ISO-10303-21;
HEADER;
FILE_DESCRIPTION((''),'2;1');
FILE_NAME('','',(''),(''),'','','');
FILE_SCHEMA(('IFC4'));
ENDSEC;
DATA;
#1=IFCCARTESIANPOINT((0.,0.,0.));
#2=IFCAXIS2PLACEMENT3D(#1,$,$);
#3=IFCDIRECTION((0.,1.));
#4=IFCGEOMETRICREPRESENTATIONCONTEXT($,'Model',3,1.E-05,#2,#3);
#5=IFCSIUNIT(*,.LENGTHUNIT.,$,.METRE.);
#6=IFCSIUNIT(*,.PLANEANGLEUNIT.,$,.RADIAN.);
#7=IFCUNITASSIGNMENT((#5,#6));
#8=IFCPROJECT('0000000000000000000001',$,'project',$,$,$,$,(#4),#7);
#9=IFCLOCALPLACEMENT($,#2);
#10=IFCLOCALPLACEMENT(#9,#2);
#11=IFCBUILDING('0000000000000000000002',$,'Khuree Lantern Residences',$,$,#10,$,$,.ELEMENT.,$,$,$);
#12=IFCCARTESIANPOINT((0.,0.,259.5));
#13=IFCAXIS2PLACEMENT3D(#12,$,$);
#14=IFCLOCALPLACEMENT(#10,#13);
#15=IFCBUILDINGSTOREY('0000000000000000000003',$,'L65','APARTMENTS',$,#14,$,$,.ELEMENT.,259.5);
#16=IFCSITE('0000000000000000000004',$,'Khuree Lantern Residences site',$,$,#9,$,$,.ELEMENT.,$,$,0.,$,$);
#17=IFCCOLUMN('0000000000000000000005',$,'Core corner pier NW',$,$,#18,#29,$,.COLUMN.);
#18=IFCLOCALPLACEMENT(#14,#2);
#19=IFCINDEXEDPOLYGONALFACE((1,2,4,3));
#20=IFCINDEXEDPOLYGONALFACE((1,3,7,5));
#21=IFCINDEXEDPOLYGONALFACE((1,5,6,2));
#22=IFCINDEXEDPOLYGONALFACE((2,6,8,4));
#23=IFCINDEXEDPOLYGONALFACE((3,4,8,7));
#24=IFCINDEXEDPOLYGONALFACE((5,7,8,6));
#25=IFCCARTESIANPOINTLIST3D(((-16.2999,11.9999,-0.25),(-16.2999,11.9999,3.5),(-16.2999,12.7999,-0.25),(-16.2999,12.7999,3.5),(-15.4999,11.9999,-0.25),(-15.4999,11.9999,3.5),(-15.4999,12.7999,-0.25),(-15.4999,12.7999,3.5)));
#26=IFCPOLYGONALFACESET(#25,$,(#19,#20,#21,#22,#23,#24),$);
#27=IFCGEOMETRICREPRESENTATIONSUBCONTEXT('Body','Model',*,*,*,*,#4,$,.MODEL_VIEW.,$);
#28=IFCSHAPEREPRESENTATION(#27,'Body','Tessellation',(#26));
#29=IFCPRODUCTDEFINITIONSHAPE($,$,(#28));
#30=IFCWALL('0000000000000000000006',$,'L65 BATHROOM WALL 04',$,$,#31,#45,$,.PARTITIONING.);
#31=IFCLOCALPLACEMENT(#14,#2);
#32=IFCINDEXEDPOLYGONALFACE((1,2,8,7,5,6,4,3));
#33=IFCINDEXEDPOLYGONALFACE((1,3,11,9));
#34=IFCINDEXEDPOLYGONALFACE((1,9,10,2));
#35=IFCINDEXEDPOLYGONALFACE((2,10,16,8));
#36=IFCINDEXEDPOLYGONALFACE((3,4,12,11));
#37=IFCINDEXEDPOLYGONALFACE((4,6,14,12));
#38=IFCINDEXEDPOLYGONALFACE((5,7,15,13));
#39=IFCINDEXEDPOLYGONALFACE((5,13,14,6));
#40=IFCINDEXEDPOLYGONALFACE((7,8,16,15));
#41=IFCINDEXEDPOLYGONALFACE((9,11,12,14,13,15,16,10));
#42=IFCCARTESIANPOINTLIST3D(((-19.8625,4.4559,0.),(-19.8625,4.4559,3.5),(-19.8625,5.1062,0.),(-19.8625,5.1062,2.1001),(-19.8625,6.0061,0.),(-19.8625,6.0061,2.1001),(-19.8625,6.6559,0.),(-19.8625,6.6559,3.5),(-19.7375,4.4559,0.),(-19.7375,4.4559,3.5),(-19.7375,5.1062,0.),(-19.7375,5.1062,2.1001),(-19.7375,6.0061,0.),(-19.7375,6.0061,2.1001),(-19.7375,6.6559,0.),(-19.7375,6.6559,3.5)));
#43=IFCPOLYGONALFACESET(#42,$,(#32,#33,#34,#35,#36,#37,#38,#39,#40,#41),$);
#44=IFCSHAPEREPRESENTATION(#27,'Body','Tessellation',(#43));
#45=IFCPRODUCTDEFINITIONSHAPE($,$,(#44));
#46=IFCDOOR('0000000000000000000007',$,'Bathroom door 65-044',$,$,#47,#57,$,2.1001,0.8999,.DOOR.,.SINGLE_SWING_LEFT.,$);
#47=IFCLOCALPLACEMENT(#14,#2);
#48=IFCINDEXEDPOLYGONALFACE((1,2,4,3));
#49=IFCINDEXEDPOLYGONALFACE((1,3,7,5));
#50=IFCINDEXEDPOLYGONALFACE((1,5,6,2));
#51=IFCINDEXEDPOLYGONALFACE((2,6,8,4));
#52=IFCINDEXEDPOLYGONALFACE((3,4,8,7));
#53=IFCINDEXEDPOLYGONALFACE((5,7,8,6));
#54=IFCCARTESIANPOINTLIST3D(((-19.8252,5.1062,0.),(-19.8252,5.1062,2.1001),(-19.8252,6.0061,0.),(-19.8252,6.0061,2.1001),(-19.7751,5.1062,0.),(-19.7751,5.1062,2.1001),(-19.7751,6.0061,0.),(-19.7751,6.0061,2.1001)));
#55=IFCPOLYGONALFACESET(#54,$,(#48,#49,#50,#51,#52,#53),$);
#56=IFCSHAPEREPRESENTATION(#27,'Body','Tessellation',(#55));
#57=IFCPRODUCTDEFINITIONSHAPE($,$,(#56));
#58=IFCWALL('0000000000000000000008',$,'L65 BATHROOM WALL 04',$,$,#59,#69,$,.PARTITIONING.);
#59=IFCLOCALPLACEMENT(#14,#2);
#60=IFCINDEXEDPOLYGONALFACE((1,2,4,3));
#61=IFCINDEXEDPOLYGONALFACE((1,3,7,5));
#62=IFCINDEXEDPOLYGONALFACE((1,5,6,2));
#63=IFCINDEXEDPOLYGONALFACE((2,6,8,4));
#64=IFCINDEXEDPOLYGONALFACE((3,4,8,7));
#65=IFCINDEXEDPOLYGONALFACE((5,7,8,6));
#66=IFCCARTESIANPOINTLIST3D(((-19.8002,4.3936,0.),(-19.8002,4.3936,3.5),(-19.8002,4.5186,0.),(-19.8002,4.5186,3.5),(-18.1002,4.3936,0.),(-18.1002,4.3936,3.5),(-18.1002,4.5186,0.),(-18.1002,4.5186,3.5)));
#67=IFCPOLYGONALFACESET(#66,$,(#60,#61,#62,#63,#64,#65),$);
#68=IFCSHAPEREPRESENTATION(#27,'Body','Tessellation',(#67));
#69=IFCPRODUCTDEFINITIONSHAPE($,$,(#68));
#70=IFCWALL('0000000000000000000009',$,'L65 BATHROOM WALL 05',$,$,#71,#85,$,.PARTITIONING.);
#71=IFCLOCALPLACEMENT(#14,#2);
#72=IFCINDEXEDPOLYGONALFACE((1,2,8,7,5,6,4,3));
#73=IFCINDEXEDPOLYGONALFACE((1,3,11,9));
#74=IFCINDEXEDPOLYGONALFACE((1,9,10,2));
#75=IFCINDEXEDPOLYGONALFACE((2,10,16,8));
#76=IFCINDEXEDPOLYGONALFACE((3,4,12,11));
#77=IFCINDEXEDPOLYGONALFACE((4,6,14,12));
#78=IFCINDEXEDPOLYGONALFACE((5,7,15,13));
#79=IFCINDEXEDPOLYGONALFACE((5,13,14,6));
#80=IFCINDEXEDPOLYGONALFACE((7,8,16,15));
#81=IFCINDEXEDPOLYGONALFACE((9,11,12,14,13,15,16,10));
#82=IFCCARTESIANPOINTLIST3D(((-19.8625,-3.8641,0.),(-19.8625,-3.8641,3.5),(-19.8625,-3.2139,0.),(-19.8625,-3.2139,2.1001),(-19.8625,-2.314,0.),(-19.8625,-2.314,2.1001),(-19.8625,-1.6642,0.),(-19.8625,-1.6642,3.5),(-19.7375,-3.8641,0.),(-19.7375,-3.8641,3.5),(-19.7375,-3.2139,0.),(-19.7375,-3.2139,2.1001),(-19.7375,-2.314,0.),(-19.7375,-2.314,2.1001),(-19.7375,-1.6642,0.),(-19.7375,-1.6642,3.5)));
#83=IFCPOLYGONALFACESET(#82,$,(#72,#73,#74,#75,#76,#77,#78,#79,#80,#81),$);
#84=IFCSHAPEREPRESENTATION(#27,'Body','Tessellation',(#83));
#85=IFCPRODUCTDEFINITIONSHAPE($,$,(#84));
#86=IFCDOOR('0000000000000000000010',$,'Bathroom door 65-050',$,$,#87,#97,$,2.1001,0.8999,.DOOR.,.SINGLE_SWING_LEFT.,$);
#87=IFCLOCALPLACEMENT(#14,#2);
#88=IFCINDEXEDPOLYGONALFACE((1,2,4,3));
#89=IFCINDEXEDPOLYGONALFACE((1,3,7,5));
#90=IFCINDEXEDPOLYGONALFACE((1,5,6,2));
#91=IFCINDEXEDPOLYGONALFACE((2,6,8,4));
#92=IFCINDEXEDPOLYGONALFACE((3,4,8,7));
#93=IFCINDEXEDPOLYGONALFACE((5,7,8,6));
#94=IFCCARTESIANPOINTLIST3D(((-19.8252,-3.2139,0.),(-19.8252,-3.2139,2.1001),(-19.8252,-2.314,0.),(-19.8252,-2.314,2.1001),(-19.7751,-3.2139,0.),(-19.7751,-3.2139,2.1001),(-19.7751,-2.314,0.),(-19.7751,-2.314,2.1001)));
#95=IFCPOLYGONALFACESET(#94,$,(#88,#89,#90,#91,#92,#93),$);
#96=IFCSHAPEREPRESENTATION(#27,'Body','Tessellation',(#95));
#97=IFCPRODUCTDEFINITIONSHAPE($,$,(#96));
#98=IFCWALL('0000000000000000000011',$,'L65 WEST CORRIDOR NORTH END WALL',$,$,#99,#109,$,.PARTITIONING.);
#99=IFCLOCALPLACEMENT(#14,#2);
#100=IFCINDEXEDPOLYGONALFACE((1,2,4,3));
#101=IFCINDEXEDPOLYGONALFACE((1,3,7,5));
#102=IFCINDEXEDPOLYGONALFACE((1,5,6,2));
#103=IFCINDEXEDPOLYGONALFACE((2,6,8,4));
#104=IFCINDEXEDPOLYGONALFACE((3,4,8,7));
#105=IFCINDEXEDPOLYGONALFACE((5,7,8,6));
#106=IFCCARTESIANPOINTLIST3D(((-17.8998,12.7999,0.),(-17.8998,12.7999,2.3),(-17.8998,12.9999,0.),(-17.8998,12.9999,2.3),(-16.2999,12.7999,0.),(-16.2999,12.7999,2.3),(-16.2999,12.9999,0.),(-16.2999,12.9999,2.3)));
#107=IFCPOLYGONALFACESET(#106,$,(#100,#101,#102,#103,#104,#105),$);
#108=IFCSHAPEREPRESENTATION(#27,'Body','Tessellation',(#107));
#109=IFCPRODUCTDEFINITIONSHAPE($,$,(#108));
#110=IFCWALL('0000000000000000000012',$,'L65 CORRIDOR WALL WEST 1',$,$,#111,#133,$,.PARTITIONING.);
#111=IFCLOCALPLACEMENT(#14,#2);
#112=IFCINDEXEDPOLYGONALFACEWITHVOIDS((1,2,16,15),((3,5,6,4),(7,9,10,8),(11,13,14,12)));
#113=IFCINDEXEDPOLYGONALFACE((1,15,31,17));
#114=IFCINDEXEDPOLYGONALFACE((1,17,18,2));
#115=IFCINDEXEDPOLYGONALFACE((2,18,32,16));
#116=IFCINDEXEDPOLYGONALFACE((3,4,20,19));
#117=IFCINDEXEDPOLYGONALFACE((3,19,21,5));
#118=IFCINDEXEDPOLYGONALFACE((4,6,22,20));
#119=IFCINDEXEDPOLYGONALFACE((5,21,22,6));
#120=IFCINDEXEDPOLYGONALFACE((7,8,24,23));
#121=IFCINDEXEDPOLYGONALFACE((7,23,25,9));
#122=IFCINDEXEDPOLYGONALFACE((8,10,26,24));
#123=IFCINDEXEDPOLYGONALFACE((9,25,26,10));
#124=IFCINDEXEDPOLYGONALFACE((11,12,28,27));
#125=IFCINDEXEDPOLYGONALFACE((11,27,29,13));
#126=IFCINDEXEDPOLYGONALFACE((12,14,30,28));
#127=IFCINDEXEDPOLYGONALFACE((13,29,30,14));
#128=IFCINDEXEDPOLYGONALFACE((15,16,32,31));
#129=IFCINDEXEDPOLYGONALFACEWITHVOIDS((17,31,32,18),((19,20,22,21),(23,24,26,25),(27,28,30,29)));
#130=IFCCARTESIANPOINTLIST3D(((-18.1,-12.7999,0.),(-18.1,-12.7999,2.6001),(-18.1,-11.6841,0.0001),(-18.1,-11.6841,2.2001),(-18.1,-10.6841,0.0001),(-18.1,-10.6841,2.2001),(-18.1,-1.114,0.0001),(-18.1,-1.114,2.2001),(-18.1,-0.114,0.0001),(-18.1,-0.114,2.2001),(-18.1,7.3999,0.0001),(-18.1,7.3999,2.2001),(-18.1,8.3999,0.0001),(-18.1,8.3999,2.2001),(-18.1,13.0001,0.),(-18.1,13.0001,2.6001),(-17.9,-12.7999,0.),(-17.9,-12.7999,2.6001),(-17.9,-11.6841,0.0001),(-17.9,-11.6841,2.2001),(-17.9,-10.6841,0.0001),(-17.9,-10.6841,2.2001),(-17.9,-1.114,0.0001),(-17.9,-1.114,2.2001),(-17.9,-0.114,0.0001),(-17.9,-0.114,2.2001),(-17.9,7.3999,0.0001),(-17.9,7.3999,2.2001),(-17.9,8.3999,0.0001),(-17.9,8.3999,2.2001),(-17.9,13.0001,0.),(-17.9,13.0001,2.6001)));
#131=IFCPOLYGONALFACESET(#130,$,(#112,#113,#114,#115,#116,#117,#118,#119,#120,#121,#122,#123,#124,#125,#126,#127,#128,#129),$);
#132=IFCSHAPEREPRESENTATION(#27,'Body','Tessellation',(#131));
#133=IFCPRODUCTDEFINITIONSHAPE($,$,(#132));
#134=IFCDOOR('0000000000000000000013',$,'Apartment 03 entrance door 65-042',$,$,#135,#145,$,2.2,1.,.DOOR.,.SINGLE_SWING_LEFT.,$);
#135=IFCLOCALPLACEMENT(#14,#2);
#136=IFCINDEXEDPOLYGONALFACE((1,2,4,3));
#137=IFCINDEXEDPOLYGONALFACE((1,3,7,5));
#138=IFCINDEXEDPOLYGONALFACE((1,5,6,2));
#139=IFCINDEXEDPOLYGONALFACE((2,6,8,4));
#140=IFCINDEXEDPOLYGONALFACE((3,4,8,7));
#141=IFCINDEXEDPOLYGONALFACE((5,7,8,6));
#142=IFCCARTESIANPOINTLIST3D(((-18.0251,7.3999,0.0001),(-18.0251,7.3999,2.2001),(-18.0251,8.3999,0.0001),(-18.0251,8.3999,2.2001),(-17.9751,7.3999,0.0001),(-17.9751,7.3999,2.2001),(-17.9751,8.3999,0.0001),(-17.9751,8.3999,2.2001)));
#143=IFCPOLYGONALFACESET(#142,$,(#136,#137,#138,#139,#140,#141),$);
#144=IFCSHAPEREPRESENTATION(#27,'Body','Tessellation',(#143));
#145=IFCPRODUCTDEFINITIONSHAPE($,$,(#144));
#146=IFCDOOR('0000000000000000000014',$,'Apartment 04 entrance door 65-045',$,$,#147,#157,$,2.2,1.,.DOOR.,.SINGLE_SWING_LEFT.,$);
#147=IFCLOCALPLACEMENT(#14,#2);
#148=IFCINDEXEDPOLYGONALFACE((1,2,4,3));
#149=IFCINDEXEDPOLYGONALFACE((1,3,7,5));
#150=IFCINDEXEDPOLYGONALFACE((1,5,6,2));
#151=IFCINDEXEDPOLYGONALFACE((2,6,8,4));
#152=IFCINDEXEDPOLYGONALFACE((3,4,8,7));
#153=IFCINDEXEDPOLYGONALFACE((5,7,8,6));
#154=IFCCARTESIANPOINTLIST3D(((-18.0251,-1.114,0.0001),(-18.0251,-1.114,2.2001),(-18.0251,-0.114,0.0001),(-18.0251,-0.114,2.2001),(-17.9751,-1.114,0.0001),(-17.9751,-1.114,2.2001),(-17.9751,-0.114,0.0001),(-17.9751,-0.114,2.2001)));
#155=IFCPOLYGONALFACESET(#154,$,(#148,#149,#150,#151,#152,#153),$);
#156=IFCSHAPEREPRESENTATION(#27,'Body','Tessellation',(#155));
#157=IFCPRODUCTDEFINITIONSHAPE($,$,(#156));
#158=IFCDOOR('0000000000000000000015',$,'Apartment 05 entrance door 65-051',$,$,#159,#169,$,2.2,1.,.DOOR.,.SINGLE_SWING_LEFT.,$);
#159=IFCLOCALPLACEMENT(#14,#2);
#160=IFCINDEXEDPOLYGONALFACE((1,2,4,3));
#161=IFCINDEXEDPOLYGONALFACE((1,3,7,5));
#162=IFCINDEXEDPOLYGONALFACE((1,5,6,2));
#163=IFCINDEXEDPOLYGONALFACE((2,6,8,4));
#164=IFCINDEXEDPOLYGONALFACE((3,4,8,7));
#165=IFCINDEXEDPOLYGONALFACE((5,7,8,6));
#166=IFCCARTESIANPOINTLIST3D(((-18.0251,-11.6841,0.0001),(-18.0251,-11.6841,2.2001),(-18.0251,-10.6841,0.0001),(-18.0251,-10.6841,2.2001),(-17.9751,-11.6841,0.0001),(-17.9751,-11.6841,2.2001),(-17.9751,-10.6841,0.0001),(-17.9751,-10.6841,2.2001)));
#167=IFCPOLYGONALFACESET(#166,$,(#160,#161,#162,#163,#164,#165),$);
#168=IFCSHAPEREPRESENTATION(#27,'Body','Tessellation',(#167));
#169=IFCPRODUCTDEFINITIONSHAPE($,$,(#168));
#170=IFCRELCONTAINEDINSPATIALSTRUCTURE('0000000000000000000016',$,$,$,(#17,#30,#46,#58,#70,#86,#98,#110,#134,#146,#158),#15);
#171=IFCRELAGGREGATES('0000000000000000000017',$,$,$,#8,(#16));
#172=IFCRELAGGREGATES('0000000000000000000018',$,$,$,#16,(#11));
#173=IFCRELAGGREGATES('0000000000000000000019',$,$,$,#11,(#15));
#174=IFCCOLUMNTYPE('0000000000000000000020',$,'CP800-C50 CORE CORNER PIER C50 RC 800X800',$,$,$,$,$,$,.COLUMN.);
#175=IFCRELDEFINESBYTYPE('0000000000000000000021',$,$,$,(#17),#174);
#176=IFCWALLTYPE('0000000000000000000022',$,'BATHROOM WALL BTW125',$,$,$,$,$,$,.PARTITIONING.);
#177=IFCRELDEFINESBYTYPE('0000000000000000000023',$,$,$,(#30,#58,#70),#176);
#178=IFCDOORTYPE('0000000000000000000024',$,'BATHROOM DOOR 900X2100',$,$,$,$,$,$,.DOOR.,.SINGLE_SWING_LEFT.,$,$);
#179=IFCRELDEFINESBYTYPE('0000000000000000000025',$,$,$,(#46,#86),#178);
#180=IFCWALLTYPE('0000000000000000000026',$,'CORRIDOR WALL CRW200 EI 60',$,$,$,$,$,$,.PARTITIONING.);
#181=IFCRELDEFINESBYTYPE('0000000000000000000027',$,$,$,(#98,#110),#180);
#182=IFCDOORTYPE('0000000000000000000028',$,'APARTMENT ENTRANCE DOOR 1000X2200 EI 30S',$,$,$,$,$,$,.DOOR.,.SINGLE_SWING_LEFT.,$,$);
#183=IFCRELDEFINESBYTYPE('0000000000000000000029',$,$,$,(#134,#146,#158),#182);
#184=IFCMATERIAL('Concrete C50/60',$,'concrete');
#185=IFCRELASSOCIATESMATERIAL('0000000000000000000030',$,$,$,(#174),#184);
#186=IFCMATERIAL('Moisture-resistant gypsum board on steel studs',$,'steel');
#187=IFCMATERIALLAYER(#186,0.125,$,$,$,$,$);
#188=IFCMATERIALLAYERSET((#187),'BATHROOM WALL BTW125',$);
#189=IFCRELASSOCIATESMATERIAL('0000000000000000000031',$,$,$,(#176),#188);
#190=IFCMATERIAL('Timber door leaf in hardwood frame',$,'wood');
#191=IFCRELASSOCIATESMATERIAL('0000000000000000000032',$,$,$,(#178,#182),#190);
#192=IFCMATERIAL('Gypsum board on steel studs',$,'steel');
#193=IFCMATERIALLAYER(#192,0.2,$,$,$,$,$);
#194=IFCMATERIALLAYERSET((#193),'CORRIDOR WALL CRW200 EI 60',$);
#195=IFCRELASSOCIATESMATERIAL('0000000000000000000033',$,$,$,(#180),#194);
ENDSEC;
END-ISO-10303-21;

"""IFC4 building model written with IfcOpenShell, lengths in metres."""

from ifc_helpers import new_model, si_unit, direction, frame, frame_2d, origin, origin_2d, place, context, subcontext, project, spatial, rectangle, extrude, material, layer, layer_set, material_profile, profile_set, type_object, element, fill, save


model = new_model("IFC4")

# Units and contexts
model_context = context("Model", 3, precision=1e-05, world=origin(), true_north=direction((0.0, 1.0)))
body_context = subcontext(model_context, "Body", "Model", "MODEL_VIEW")
ifc_project = project(units=[si_unit("LENGTHUNIT", "METRE"), si_unit("PLANEANGLEUNIT", "RADIAN")], contexts=[model_context])

# Site, building, storey
site_placement = place(None, origin())
site = spatial("IfcSite", under=ifc_project, at=site_placement, Name="Khuree Lantern Residences site", CompositionType="ELEMENT", RefElevation=0.0)
building_placement = place(site_placement, origin())
building = spatial("IfcBuilding", under=site, at=building_placement, Name="Khuree Lantern Residences", CompositionType="ELEMENT")
storey_placement = place(building_placement, frame((0.0, 0.0, 259.5)))
storey = spatial("IfcBuildingStorey", under=building, at=storey_placement, Name="L65", Description="APARTMENTS", CompositionType="ELEMENT", Elevation=259.5)

# Column
ifc_material_1 = material(Name="Concrete C50/60", Category="concrete")
ifc_material_profile = material_profile(ifc_material_1, rectangle(XDim=0.8, YDim=0.8, at=origin_2d()), Name="RC 800X800")
ifc_profile_set = profile_set([ifc_material_profile], Name="Concrete C50/60")
column_type = type_object("IfcColumnType", Name="CP800-C50 CORE CORNER PIER C50 RC 800X800", PredefinedType="COLUMN", material=ifc_profile_set)
column_placement = place(storey_placement, frame((-15.8999, 12.3999, -0.25), z_axis=(0.0, 0.0, 1.0), x_axis=(1.0, 0.0, 0.0)))
element("IfcColumn", 1, at=column_placement, inside=storey, type_object=column_type, Name="Core corner pier NW", PredefinedType="COLUMN", context=body_context, shape_type="SweptSolid", body=[
    extrude(rectangle(XDim=0.8, YDim=0.8, at=origin_2d()), origin(), (0.0, 0.0, 1.0), 3.75),
])

# Wall, opening, door
ifc_material_2 = material(Name="Moisture-resistant gypsum board on steel studs", Category="steel")
ifc_layer_1 = layer(ifc_material_2, 0.125)
ifc_layer_set_1 = layer_set([ifc_layer_1], Name="BATHROOM WALL BTW125")
wall_type_1 = type_object("IfcWallType", Name="BATHROOM WALL BTW125", PredefinedType="PARTITIONING", material=ifc_layer_set_1)
wall_1_placement = place(storey_placement, frame((-19.8, 6.656, 0.0), z_axis=(0.0, 0.0, 1.0), x_axis=(0.0, -1.0, 0.0)))
wall_1 = element("IfcWall", 2, at=wall_1_placement, inside=storey, type_object=wall_type_1, Name="L65 BATHROOM WALL 04", PredefinedType="PARTITIONING", context=body_context, shape_type="SweptSolid", body=[
    extrude(rectangle(XDim=2.2, YDim=0.125, at=frame_2d((1.1001, 0.0))), origin(), (0.0, 0.0, 1.0), 3.5),
])
opening_1_placement = place(wall_1_placement, frame((0.6499, 0.0, 0.0)))
opening_1 = element("IfcOpeningElement", 3, at=opening_1_placement, cuts=wall_1, PredefinedType="OPENING", context=body_context, shape_type="SweptSolid", body=[
    extrude(rectangle(XDim=0.8999, YDim=2.1001, at=frame_2d((0.45, 1.05))), frame((0.0, 0.0725, 0.0), z_axis=(0.0, -1.0, 0.0), x_axis=(1.0, 0.0, 0.0)), (0.0, 0.0, 1.0), 0.145),
])
ifc_material_3 = material(Name="Timber door leaf in hardwood frame", Category="wood")
door_type_1 = type_object("IfcDoorType", Name="BATHROOM DOOR 900X2100", OperationType="SINGLE_SWING_LEFT", PredefinedType="DOOR", material=ifc_material_3)
door_1_placement = place(opening_1_placement, origin())
door_1 = element("IfcDoor", 4, at=door_1_placement, inside=storey, type_object=door_type_1, Name="Bathroom door 65-044", OperationType="SINGLE_SWING_LEFT", OverallHeight=2.1001, OverallWidth=0.8999, PredefinedType="DOOR", context=body_context, shape_type="SweptSolid", body=[
    extrude(rectangle(XDim=0.8999, YDim=2.1001, at=frame_2d((0.45, 1.05))), frame((0.0, 0.0249, 0.0), z_axis=(0.0, -1.0, 0.0), x_axis=(1.0, 0.0, 0.0)), (0.0, 0.0, 1.0), 0.05),
])
fill(opening_1, door_1)

# Wall
wall_2_placement = place(storey_placement, frame((-18.1001, 4.4561, 0.0), z_axis=(0.0, 0.0, 1.0), x_axis=(-1.0, 0.0, 0.0)))
element("IfcWall", 5, at=wall_2_placement, inside=storey, type_object=wall_type_1, Name="L65 BATHROOM WALL 04", PredefinedType="PARTITIONING", context=body_context, shape_type="SweptSolid", body=[
    extrude(rectangle(XDim=1.7, YDim=0.125, at=frame_2d((0.8501, 0.0))), origin(), (0.0, 0.0, 1.0), 3.5),
])

# Wall, opening, door
wall_3_placement = place(storey_placement, frame((-19.8, -1.6641, 0.0), z_axis=(0.0, 0.0, 1.0), x_axis=(0.0, -1.0, 0.0)))
wall_3 = element("IfcWall", 6, at=wall_3_placement, inside=storey, type_object=wall_type_1, Name="L65 BATHROOM WALL 05", PredefinedType="PARTITIONING", context=body_context, shape_type="SweptSolid", body=[
    extrude(rectangle(XDim=2.2, YDim=0.125, at=frame_2d((1.1001, 0.0))), origin(), (0.0, 0.0, 1.0), 3.5),
])
opening_2_placement = place(wall_3_placement, frame((0.6499, 0.0, 0.0)))
opening_2 = element("IfcOpeningElement", 7, at=opening_2_placement, cuts=wall_3, PredefinedType="OPENING", context=body_context, shape_type="SweptSolid", body=[
    extrude(rectangle(XDim=0.8999, YDim=2.1001, at=frame_2d((0.45, 1.05))), frame((0.0, 0.0725, 0.0), z_axis=(0.0, -1.0, 0.0), x_axis=(1.0, 0.0, 0.0)), (0.0, 0.0, 1.0), 0.145),
])
door_2_placement = place(opening_2_placement, origin())
door_2 = element("IfcDoor", 8, at=door_2_placement, inside=storey, type_object=door_type_1, Name="Bathroom door 65-050", OperationType="SINGLE_SWING_LEFT", OverallHeight=2.1001, OverallWidth=0.8999, PredefinedType="DOOR", context=body_context, shape_type="SweptSolid", body=[
    extrude(rectangle(XDim=0.8999, YDim=2.1001, at=frame_2d((0.45, 1.05))), frame((0.0, 0.0249, 0.0), z_axis=(0.0, -1.0, 0.0), x_axis=(1.0, 0.0, 0.0)), (0.0, 0.0, 1.0), 0.05),
])
fill(opening_2, door_2)

# Wall
ifc_material_4 = material(Name="Gypsum board on steel studs", Category="steel")
ifc_layer_2 = layer(ifc_material_4, 0.2)
ifc_layer_set_2 = layer_set([ifc_layer_2], Name="CORRIDOR WALL CRW200 EI 60")
wall_type_2 = type_object("IfcWallType", Name="CORRIDOR WALL CRW200 EI 60", PredefinedType="PARTITIONING", material=ifc_layer_set_2)
wall_4_placement = place(storey_placement, frame((-16.3, 12.8999, 0.0), z_axis=(0.0, 0.0, 1.0), x_axis=(-1.0, 0.0, 0.0)))
element("IfcWall", 9, at=wall_4_placement, inside=storey, type_object=wall_type_2, Name="L65 WEST CORRIDOR NORTH END WALL", PredefinedType="PARTITIONING", context=body_context, shape_type="SweptSolid", body=[
    extrude(rectangle(XDim=1.5999, YDim=0.2, at=frame_2d((0.7998, 0.0))), origin(), (0.0, 0.0, 1.0), 2.3),
])

# Wall, openings, doors
wall_5_placement = place(storey_placement, frame((-18.0, 13.0, 0.0), z_axis=(0.0, 0.0, 1.0), x_axis=(0.0, -1.0, 0.0)))
wall_5 = element("IfcWall", 10, at=wall_5_placement, inside=storey, type_object=wall_type_2, Name="L65 CORRIDOR WALL WEST 1", PredefinedType="PARTITIONING", context=body_context, shape_type="SweptSolid", body=[
    extrude(rectangle(XDim=25.8, YDim=0.2, at=frame_2d((12.8999, 0.0))), origin(), (0.0, 0.0, 1.0), 2.6001),
])
opening_3_placement = place(wall_5_placement, frame((4.6001, 0.0, 0.0)))
opening_3 = element("IfcOpeningElement", 11, at=opening_3_placement, cuts=wall_5, PredefinedType="OPENING", context=body_context, shape_type="SweptSolid", body=[
    extrude(rectangle(XDim=1.0, YDim=2.2, at=frame_2d((0.5, 1.1001))), frame((0.0, 0.1099, 0.0), z_axis=(0.0, -1.0, 0.0), x_axis=(1.0, 0.0, 0.0)), (0.0, 0.0, 1.0), 0.22),
])
opening_4_placement = place(wall_5_placement, frame((13.114, 0.0, 0.0)))
opening_4 = element("IfcOpeningElement", 12, at=opening_4_placement, cuts=wall_5, PredefinedType="OPENING", context=body_context, shape_type="SweptSolid", body=[
    extrude(rectangle(XDim=1.0, YDim=2.2, at=frame_2d((0.5, 1.1001))), frame((0.0, 0.1099, 0.0), z_axis=(0.0, -1.0, 0.0), x_axis=(1.0, 0.0, 0.0)), (0.0, 0.0, 1.0), 0.22),
])
opening_5_placement = place(wall_5_placement, frame((23.6841, 0.0, 0.0)))
opening_5 = element("IfcOpeningElement", 13, at=opening_5_placement, cuts=wall_5, PredefinedType="OPENING", context=body_context, shape_type="SweptSolid", body=[
    extrude(rectangle(XDim=1.0, YDim=2.2, at=frame_2d((0.5, 1.1001))), frame((0.0, 0.1099, 0.0), z_axis=(0.0, -1.0, 0.0), x_axis=(1.0, 0.0, 0.0)), (0.0, 0.0, 1.0), 0.22),
])
door_type_2 = type_object("IfcDoorType", Name="APARTMENT ENTRANCE DOOR 1000X2200 EI 30S", OperationType="SINGLE_SWING_LEFT", PredefinedType="DOOR", material=ifc_material_3)
door_3_placement = place(opening_3_placement, origin())
door_3 = element("IfcDoor", 14, at=door_3_placement, inside=storey, type_object=door_type_2, Name="Apartment 03 entrance door 65-042", OperationType="SINGLE_SWING_LEFT", OverallHeight=2.2, OverallWidth=1.0, PredefinedType="DOOR", context=body_context, shape_type="SweptSolid", body=[
    extrude(rectangle(XDim=1.0, YDim=2.2, at=frame_2d((0.5, 1.1001))), frame((0.0, 0.0249, 0.0), z_axis=(0.0, -1.0, 0.0), x_axis=(1.0, 0.0, 0.0)), (0.0, 0.0, 1.0), 0.05),
])
fill(opening_3, door_3)
door_4_placement = place(opening_4_placement, origin())
door_4 = element("IfcDoor", 15, at=door_4_placement, inside=storey, type_object=door_type_2, Name="Apartment 04 entrance door 65-045", OperationType="SINGLE_SWING_LEFT", OverallHeight=2.2, OverallWidth=1.0, PredefinedType="DOOR", context=body_context, shape_type="SweptSolid", body=[
    extrude(rectangle(XDim=1.0, YDim=2.2, at=frame_2d((0.5, 1.1001))), frame((0.0, 0.0249, 0.0), z_axis=(0.0, -1.0, 0.0), x_axis=(1.0, 0.0, 0.0)), (0.0, 0.0, 1.0), 0.05),
])
fill(opening_4, door_4)
door_5_placement = place(opening_5_placement, origin())
door_5 = element("IfcDoor", 16, at=door_5_placement, inside=storey, type_object=door_type_2, Name="Apartment 05 entrance door 65-051", OperationType="SINGLE_SWING_LEFT", OverallHeight=2.2, OverallWidth=1.0, PredefinedType="DOOR", context=body_context, shape_type="SweptSolid", body=[
    extrude(rectangle(XDim=1.0, YDim=2.2, at=frame_2d((0.5, 1.1001))), frame((0.0, 0.0249, 0.0), z_axis=(0.0, -1.0, 0.0), x_axis=(1.0, 0.0, 0.0)), (0.0, 0.0, 1.0), 0.05),
])
fill(opening_5, door_5)

save(model, "model.ifc")
